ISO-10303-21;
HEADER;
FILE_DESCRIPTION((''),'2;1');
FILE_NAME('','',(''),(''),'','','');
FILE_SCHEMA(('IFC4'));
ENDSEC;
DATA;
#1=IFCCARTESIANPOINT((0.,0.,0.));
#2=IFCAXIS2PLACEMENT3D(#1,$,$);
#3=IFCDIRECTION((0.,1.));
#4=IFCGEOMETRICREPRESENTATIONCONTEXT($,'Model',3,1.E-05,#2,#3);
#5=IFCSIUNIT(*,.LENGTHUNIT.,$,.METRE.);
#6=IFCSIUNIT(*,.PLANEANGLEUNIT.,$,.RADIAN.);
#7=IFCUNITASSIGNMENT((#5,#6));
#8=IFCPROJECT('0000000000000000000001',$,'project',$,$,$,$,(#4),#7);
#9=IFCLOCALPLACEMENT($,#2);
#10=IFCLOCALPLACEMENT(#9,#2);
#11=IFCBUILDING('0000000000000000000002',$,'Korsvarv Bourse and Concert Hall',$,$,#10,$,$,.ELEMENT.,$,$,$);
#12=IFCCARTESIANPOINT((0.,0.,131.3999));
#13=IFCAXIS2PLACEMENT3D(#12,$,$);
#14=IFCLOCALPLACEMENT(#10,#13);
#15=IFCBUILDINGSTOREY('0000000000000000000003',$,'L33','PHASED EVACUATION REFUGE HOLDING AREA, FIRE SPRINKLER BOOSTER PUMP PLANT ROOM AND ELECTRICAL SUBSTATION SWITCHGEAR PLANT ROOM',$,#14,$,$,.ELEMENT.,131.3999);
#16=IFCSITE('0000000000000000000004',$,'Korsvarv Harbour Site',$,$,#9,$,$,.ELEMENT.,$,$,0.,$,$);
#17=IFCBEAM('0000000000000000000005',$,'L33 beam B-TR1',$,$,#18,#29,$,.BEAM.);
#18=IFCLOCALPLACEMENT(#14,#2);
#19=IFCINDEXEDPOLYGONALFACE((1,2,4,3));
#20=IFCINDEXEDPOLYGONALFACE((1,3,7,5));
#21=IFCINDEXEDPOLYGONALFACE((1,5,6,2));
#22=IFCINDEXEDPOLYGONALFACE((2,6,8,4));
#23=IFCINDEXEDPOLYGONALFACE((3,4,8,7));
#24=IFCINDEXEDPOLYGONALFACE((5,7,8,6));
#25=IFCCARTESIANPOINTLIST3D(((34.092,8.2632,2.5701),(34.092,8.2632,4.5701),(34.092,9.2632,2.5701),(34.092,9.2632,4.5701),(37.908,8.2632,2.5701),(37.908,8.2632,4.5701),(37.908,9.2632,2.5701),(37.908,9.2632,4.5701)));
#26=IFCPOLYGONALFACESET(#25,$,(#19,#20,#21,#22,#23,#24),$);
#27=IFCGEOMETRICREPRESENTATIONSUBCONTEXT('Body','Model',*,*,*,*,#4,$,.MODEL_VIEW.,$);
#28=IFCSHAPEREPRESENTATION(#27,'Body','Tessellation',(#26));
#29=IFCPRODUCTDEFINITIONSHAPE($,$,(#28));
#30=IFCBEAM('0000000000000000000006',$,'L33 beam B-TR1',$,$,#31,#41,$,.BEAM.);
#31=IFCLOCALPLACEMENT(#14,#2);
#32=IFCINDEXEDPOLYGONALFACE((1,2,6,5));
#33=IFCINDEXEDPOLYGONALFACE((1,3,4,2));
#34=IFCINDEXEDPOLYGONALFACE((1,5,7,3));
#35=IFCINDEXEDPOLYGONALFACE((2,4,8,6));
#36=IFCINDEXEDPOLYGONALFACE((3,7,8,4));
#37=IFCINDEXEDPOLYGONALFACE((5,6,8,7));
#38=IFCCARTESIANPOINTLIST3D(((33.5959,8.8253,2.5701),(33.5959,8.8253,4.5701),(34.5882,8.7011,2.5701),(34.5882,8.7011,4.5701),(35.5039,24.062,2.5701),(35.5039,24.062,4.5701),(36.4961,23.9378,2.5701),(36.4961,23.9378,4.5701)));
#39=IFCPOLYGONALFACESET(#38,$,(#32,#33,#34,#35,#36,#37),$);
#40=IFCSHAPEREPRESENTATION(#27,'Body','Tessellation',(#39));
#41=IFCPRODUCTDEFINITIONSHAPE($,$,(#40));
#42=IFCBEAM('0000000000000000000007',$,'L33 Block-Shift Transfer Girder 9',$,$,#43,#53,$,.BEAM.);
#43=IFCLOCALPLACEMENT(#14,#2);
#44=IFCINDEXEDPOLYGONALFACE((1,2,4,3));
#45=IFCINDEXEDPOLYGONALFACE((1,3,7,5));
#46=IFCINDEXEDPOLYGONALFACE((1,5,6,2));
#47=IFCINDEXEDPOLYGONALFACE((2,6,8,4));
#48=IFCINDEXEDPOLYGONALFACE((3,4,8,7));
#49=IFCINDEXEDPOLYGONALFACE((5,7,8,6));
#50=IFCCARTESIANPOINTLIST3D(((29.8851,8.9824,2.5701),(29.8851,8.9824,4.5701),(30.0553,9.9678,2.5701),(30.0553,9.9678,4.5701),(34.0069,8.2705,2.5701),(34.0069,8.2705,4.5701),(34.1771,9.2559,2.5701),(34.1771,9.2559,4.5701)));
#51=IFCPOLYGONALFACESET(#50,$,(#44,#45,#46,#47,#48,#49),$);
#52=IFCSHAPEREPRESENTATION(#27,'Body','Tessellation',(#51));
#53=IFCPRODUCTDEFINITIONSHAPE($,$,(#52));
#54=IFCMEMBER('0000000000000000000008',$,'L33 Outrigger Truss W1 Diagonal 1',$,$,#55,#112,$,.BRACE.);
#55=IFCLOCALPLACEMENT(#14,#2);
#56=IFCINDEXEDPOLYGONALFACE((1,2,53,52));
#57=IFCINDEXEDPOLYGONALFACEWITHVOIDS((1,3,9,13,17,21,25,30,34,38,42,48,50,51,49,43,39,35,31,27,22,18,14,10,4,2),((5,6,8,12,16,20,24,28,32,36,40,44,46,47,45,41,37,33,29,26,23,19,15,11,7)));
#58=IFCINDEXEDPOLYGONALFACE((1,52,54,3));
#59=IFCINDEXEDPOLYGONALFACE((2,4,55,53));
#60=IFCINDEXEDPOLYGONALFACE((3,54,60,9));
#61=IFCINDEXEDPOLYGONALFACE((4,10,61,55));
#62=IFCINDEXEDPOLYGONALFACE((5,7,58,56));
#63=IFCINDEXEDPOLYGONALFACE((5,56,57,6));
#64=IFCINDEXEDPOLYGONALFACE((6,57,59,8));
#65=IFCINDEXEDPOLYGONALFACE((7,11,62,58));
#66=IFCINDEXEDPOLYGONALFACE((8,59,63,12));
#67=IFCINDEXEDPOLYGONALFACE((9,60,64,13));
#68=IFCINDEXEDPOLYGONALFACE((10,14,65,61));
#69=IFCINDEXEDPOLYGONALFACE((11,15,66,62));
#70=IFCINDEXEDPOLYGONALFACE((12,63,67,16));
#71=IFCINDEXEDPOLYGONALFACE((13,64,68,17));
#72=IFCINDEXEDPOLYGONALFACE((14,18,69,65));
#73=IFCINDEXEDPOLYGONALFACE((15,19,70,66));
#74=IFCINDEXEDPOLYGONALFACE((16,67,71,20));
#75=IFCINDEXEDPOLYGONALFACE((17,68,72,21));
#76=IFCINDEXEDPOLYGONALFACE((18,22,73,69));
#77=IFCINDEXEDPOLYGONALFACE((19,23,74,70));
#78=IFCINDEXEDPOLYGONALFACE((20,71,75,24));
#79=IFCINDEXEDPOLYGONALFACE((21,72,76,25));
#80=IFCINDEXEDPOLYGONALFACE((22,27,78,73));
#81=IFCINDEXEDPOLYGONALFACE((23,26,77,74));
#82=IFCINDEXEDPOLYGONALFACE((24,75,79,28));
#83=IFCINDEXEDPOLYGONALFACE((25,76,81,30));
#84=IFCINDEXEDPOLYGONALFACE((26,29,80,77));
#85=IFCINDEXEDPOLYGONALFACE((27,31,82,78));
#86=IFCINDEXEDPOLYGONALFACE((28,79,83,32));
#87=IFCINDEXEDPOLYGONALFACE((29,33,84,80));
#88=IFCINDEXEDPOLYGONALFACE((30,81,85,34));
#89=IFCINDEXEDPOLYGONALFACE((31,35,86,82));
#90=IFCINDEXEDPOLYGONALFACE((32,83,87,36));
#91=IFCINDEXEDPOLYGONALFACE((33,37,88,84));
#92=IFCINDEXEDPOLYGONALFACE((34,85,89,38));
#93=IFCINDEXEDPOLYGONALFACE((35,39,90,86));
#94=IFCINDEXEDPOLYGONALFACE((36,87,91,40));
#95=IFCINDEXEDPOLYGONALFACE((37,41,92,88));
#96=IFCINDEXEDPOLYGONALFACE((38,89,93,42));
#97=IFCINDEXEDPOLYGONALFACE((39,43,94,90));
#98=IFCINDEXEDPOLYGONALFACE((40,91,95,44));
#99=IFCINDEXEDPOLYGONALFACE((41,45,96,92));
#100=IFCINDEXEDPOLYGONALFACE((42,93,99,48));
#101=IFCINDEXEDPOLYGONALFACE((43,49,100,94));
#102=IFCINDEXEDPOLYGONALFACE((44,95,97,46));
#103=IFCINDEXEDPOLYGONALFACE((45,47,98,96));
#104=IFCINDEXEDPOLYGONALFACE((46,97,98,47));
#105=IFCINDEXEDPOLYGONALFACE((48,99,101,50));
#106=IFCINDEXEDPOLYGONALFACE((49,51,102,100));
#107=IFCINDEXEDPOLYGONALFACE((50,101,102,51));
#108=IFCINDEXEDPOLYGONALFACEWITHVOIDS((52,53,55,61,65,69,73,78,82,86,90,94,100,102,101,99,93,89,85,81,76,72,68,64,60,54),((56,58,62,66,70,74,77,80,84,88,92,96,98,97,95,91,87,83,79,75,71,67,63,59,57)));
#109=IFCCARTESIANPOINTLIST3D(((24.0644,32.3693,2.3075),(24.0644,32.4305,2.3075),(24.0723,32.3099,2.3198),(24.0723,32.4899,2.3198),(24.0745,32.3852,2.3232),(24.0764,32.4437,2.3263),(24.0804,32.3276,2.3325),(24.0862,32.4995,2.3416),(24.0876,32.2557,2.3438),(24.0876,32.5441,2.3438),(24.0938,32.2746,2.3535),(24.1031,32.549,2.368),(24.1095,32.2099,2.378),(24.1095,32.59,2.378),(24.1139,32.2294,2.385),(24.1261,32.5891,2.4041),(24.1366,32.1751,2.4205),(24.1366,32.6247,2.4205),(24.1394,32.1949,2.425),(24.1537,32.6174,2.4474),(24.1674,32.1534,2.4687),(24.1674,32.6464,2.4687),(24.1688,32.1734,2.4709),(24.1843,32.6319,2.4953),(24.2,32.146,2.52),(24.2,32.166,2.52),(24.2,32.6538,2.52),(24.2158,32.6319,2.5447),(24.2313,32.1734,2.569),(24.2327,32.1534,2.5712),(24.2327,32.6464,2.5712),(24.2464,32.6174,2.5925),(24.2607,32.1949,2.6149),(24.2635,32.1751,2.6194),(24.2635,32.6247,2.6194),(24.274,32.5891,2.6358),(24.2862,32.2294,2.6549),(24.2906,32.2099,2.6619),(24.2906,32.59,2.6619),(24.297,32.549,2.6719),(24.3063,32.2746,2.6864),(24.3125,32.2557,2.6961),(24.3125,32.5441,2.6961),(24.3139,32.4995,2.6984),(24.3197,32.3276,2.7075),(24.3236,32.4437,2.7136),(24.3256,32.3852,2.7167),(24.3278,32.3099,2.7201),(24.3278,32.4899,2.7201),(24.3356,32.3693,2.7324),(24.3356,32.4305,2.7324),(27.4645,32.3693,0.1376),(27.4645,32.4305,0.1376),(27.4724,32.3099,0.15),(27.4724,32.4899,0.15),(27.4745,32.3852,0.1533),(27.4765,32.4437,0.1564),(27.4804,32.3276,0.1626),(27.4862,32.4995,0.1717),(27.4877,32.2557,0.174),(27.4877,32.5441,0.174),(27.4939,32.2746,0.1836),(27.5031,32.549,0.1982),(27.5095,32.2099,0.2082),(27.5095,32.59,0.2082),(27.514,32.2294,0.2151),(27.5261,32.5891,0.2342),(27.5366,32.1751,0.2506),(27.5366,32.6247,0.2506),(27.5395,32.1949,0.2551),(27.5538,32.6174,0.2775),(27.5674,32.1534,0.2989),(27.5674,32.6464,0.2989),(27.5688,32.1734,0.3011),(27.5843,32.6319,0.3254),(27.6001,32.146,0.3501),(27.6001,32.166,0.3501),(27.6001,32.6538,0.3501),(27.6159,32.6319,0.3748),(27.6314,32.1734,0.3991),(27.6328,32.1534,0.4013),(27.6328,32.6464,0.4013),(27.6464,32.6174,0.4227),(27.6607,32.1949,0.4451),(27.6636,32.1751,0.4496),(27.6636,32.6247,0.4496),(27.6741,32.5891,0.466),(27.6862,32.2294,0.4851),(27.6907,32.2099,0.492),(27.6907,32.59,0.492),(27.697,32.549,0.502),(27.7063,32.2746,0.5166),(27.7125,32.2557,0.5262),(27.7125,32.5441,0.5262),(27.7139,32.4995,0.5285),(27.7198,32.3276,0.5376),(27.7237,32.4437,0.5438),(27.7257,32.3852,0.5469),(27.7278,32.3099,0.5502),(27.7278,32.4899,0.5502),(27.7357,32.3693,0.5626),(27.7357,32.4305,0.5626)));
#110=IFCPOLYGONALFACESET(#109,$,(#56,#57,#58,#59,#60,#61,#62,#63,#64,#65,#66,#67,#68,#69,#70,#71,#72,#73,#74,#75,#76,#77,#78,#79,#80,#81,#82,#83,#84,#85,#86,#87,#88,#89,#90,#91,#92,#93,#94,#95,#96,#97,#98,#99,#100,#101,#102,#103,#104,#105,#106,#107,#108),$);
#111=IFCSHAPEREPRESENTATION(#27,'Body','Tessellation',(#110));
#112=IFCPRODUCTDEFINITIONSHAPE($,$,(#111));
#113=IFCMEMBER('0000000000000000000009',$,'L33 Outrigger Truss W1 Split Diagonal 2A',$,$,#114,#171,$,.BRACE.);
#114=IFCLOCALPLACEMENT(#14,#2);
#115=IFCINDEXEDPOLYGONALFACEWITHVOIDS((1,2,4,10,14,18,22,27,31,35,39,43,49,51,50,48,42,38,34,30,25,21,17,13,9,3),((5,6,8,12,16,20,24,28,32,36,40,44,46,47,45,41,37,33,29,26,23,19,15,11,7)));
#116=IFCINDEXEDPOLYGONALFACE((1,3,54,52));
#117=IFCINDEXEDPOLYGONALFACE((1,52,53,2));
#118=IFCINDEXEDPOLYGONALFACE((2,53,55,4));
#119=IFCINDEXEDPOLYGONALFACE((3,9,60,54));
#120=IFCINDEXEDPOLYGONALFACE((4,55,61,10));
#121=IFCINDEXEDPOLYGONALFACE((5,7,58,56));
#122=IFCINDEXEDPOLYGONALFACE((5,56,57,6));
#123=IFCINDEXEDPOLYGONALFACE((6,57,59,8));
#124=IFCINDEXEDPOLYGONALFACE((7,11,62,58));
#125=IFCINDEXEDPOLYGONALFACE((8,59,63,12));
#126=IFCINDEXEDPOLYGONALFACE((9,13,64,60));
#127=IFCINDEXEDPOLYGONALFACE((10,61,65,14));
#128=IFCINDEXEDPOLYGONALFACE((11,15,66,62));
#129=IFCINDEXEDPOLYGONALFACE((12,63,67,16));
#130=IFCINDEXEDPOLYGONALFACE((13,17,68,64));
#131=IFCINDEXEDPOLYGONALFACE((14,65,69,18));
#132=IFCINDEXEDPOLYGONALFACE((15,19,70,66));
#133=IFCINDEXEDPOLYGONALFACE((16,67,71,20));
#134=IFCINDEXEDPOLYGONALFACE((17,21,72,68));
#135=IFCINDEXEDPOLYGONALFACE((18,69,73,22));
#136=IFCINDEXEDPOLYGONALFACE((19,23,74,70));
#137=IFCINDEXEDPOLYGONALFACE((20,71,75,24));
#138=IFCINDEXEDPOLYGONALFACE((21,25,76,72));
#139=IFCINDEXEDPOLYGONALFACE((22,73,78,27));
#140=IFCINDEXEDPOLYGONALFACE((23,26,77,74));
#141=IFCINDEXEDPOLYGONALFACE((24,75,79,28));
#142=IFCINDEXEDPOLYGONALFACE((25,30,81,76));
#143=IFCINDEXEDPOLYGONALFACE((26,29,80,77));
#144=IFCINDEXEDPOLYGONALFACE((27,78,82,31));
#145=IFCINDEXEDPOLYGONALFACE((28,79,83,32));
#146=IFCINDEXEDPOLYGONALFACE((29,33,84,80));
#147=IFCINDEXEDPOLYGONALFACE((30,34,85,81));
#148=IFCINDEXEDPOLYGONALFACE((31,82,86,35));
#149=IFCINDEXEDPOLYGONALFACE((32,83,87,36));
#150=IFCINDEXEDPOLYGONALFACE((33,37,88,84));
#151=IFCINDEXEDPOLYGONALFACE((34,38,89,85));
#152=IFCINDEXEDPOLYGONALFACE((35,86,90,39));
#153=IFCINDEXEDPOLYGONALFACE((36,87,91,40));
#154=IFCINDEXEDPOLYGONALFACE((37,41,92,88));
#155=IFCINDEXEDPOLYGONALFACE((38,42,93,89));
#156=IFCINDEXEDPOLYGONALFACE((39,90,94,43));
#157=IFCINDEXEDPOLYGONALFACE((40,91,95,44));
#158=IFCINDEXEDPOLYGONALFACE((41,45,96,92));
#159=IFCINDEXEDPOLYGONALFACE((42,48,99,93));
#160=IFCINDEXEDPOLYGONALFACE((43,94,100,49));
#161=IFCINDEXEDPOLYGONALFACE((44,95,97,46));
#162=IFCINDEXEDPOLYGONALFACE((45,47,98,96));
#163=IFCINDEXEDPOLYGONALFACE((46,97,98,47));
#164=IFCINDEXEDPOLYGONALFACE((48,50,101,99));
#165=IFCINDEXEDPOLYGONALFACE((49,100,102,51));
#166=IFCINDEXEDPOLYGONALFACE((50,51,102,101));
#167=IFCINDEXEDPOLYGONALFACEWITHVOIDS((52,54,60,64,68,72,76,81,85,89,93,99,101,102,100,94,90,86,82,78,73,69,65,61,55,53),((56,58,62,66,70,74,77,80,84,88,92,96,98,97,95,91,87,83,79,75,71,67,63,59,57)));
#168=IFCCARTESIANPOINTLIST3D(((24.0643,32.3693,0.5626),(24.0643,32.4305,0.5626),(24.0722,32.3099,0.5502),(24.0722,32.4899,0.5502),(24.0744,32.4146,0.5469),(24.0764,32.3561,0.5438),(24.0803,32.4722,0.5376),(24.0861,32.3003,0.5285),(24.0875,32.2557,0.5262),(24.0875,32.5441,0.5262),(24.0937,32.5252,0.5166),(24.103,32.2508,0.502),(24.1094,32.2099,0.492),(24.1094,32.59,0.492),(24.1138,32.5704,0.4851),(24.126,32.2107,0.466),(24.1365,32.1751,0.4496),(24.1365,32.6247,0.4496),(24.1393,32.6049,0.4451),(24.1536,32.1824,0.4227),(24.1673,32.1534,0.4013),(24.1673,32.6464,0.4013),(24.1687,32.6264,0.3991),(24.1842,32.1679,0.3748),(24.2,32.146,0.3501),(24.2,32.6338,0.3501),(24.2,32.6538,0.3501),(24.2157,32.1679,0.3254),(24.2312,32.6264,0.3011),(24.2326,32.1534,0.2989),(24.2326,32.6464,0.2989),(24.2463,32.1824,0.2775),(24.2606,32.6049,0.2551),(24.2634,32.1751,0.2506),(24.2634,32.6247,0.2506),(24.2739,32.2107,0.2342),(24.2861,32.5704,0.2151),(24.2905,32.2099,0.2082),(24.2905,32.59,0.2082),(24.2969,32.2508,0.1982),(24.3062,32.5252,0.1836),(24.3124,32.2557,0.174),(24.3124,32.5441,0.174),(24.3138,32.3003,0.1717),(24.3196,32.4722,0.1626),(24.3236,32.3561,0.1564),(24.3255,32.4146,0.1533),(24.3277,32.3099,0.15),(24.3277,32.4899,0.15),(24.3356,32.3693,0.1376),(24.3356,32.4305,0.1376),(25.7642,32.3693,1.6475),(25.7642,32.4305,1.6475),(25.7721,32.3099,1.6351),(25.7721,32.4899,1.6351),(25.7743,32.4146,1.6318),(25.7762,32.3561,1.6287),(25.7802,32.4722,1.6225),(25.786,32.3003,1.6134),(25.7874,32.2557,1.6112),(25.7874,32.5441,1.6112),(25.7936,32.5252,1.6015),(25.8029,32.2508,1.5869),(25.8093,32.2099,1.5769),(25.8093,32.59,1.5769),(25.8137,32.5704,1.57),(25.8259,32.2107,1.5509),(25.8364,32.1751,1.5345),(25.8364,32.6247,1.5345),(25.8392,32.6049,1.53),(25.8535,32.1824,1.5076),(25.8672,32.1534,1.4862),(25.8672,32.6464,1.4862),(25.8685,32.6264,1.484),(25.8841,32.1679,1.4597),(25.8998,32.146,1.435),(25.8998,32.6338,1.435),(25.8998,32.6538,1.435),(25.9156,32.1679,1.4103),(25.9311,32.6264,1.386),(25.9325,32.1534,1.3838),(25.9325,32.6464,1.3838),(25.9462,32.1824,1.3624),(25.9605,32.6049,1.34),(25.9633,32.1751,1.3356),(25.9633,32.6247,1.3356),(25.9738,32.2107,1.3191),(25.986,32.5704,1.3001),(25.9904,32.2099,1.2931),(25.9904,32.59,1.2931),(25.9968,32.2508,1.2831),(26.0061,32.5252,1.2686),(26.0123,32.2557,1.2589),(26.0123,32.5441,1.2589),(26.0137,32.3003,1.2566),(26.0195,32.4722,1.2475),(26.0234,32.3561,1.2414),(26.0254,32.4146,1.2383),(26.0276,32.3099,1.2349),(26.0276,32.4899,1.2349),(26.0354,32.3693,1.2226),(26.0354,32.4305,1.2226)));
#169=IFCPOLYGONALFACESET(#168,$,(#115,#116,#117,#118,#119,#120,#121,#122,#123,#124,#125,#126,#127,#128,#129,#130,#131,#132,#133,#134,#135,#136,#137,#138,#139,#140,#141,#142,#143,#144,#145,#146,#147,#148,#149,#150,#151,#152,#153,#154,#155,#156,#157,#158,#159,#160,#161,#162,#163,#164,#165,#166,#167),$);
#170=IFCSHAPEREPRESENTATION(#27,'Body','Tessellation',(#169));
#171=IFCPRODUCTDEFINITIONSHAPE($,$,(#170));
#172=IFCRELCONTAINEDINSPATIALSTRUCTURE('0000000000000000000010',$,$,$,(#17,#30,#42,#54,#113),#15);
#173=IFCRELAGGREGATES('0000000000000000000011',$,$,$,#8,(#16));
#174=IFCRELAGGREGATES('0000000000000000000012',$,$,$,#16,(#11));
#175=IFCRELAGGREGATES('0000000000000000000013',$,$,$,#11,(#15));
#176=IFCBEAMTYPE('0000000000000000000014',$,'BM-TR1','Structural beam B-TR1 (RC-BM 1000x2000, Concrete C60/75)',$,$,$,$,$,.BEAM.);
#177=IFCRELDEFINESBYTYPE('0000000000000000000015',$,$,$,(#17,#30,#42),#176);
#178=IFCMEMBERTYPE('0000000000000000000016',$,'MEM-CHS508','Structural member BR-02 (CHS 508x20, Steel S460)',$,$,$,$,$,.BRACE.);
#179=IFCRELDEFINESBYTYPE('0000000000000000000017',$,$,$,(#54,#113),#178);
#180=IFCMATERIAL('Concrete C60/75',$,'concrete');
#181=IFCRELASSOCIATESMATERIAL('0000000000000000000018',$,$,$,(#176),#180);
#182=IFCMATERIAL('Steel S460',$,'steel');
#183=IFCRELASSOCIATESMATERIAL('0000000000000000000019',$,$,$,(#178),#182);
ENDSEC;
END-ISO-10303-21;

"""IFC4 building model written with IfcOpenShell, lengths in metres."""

from ifc_helpers import new_model, si_unit, direction, frame, origin, origin_2d, place, context, subcontext, project, spatial, rectangle, hollow_circle, extrude, source, transform, mapped, material, material_profile, profile_set, type_object, element, save


model = new_model("IFC4")

# Units and contexts
model_context = context("Model", 3, precision=1e-05, world=origin(), true_north=direction((0.0, 1.0)))
body_context = subcontext(model_context, "Body", "Model", "MODEL_VIEW")
ifc_project = project(units=[si_unit("LENGTHUNIT", "METRE"), si_unit("PLANEANGLEUNIT", "RADIAN")], contexts=[model_context])

# Site, building, storey
site_placement = place(None, origin())
site = spatial("IfcSite", under=ifc_project, at=site_placement, Name="Korsvarv Harbour Site", CompositionType="ELEMENT", RefElevation=0.0)
building_placement = place(site_placement, origin())
building = spatial("IfcBuilding", under=site, at=building_placement, Name="Korsvarv Bourse and Concert Hall", CompositionType="ELEMENT")
storey_placement = place(building_placement, frame((0.0, 0.0, 131.3999)))
storey = spatial("IfcBuildingStorey", under=building, at=storey_placement, Name="L33", Description="PHASED EVACUATION REFUGE HOLDING AREA, FIRE SPRINKLER BOOSTER PUMP PLANT ROOM AND ELECTRICAL SUBSTATION SWITCHGEAR PLANT ROOM", CompositionType="ELEMENT", Elevation=131.3999)

# Shared definitions
ifc_material_1 = material(Name="Steel S460", Category="steel")
ifc_material_2 = material(Name="Concrete C60/75", Category="concrete")

# Shared definitions
ifc_material_profile_1 = material_profile(ifc_material_2, rectangle(XDim=1.0, YDim=2.0, at=origin_2d()), Name="RC-BM 1000x2000")
ifc_profile_set_1 = profile_set([ifc_material_profile_1], Name="Concrete C60/75")
beam_type = type_object("IfcBeamType", Name="BM-TR1", Description="Structural beam B-TR1 (RC-BM 1000x2000, Concrete C60/75)", PredefinedType="BEAM", material=ifc_profile_set_1)

# Beams
shared_shape_1 = source(origin(), body_context, "Body", "SweptSolid", [
    extrude(rectangle(XDim=1.0, YDim=2.0, at=origin_2d()), origin(), (0.0, 0.0, 1.0), 3.8159),
])
beam_1_placement = place(storey_placement, frame((34.092, 8.7632, 3.5701), z_axis=(1.0, 0.0, 0.0), x_axis=(0.0, 1.0, 0.0)))
element("IfcBeam", 1, at=beam_1_placement, inside=storey, type_object=beam_type, Name="L33 beam B-TR1", PredefinedType="BEAM", context=body_context, shape_type="MappedRepresentation", body=[
    mapped(shared_shape_1, transform((0.0, 0.0, 0.0), scale=1.0)),
])
shared_shape_2 = source(origin(), body_context, "Body", "SweptSolid", [
    extrude(rectangle(XDim=1.0, YDim=2.0, at=origin_2d()), origin(), (0.0, 0.0, 1.0), 15.3557),
])
beam_2_placement = place(storey_placement, frame((34.092, 8.7632, 3.5701), z_axis=(0.12425, 0.992251, 0.0), x_axis=(-0.992251, 0.12425, 0.0)))
element("IfcBeam", 2, at=beam_2_placement, inside=storey, type_object=beam_type, Name="L33 beam B-TR1", PredefinedType="BEAM", context=body_context, shape_type="MappedRepresentation", body=[
    mapped(shared_shape_2, transform((0.0, 0.0, 0.0), scale=1.0)),
])
shared_shape_3 = source(origin(), body_context, "Body", "SweptSolid", [
    extrude(rectangle(XDim=1.0, YDim=2.0, at=origin_2d()), origin(), (0.0, 0.0, 1.0), 4.1829),
])
beam_3_placement = place(storey_placement, frame((34.092, 8.7632, 3.5701), z_axis=(-0.98541, 0.170198, 0.0), x_axis=(-0.170198, -0.98541, 0.0)))
element("IfcBeam", 3, at=beam_3_placement, inside=storey, type_object=beam_type, Name="L33 Block-Shift Transfer Girder 9", PredefinedType="BEAM", context=body_context, shape_type="MappedRepresentation", body=[
    mapped(shared_shape_3, transform((0.0, 0.0, 0.0), scale=1.0)),
])

# Members
ifc_material_profile_2 = material_profile(ifc_material_1, hollow_circle(Radius=0.2539, WallThickness=0.02, at=origin_2d()), Name="CHS 508x20")
ifc_profile_set_2 = profile_set([ifc_material_profile_2], Name="Steel S460")
member_type_1 = type_object("IfcMemberType", Name="MEM-CHS508", Description="Structural member BR-02 (CHS 508x20, Steel S460)", PredefinedType="BRACE", material=ifc_profile_set_2)
shared_shape_4 = source(origin(), body_context, "Body", "SweptSolid", [
    extrude(hollow_circle(Radius=0.2539, WallThickness=0.02, at=origin_2d()), origin(), (0.0, 0.0, 1.0), 4.0334),
])
member_1_placement = place(storey_placement, frame((27.6001, 32.3999, 0.3501), z_axis=(-0.842965, 0.0, 0.537968), x_axis=(0.0, -1.0, 0.0)))
element("IfcMember", 4, at=member_1_placement, inside=storey, type_object=member_type_1, Name="L33 Outrigger Truss W1 Diagonal 1", PredefinedType="BRACE", context=body_context, shape_type="MappedRepresentation", body=[
    mapped(shared_shape_4, transform((0.0, 0.0, 0.0), scale=1.0)),
])
shared_shape_5 = source(origin(), body_context, "Body", "SweptSolid", [
    extrude(hollow_circle(Radius=0.2539, WallThickness=0.02, at=origin_2d()), origin(), (0.0, 0.0, 1.0), 2.0166),
])
member_2_placement = place(storey_placement, frame((24.2, 32.3999, 0.3501), z_axis=(0.842948, 0.0, 0.537995), x_axis=(0.0, 1.0, 0.0)))
element("IfcMember", 5, at=member_2_placement, inside=storey, type_object=member_type_1, Name="L33 Outrigger Truss W1 Split Diagonal 2A", PredefinedType="BRACE", context=body_context, shape_type="MappedRepresentation", body=[
    mapped(shared_shape_5, transform((0.0, 0.0, 0.0), scale=1.0)),
])

save(model, "model.ifc")
